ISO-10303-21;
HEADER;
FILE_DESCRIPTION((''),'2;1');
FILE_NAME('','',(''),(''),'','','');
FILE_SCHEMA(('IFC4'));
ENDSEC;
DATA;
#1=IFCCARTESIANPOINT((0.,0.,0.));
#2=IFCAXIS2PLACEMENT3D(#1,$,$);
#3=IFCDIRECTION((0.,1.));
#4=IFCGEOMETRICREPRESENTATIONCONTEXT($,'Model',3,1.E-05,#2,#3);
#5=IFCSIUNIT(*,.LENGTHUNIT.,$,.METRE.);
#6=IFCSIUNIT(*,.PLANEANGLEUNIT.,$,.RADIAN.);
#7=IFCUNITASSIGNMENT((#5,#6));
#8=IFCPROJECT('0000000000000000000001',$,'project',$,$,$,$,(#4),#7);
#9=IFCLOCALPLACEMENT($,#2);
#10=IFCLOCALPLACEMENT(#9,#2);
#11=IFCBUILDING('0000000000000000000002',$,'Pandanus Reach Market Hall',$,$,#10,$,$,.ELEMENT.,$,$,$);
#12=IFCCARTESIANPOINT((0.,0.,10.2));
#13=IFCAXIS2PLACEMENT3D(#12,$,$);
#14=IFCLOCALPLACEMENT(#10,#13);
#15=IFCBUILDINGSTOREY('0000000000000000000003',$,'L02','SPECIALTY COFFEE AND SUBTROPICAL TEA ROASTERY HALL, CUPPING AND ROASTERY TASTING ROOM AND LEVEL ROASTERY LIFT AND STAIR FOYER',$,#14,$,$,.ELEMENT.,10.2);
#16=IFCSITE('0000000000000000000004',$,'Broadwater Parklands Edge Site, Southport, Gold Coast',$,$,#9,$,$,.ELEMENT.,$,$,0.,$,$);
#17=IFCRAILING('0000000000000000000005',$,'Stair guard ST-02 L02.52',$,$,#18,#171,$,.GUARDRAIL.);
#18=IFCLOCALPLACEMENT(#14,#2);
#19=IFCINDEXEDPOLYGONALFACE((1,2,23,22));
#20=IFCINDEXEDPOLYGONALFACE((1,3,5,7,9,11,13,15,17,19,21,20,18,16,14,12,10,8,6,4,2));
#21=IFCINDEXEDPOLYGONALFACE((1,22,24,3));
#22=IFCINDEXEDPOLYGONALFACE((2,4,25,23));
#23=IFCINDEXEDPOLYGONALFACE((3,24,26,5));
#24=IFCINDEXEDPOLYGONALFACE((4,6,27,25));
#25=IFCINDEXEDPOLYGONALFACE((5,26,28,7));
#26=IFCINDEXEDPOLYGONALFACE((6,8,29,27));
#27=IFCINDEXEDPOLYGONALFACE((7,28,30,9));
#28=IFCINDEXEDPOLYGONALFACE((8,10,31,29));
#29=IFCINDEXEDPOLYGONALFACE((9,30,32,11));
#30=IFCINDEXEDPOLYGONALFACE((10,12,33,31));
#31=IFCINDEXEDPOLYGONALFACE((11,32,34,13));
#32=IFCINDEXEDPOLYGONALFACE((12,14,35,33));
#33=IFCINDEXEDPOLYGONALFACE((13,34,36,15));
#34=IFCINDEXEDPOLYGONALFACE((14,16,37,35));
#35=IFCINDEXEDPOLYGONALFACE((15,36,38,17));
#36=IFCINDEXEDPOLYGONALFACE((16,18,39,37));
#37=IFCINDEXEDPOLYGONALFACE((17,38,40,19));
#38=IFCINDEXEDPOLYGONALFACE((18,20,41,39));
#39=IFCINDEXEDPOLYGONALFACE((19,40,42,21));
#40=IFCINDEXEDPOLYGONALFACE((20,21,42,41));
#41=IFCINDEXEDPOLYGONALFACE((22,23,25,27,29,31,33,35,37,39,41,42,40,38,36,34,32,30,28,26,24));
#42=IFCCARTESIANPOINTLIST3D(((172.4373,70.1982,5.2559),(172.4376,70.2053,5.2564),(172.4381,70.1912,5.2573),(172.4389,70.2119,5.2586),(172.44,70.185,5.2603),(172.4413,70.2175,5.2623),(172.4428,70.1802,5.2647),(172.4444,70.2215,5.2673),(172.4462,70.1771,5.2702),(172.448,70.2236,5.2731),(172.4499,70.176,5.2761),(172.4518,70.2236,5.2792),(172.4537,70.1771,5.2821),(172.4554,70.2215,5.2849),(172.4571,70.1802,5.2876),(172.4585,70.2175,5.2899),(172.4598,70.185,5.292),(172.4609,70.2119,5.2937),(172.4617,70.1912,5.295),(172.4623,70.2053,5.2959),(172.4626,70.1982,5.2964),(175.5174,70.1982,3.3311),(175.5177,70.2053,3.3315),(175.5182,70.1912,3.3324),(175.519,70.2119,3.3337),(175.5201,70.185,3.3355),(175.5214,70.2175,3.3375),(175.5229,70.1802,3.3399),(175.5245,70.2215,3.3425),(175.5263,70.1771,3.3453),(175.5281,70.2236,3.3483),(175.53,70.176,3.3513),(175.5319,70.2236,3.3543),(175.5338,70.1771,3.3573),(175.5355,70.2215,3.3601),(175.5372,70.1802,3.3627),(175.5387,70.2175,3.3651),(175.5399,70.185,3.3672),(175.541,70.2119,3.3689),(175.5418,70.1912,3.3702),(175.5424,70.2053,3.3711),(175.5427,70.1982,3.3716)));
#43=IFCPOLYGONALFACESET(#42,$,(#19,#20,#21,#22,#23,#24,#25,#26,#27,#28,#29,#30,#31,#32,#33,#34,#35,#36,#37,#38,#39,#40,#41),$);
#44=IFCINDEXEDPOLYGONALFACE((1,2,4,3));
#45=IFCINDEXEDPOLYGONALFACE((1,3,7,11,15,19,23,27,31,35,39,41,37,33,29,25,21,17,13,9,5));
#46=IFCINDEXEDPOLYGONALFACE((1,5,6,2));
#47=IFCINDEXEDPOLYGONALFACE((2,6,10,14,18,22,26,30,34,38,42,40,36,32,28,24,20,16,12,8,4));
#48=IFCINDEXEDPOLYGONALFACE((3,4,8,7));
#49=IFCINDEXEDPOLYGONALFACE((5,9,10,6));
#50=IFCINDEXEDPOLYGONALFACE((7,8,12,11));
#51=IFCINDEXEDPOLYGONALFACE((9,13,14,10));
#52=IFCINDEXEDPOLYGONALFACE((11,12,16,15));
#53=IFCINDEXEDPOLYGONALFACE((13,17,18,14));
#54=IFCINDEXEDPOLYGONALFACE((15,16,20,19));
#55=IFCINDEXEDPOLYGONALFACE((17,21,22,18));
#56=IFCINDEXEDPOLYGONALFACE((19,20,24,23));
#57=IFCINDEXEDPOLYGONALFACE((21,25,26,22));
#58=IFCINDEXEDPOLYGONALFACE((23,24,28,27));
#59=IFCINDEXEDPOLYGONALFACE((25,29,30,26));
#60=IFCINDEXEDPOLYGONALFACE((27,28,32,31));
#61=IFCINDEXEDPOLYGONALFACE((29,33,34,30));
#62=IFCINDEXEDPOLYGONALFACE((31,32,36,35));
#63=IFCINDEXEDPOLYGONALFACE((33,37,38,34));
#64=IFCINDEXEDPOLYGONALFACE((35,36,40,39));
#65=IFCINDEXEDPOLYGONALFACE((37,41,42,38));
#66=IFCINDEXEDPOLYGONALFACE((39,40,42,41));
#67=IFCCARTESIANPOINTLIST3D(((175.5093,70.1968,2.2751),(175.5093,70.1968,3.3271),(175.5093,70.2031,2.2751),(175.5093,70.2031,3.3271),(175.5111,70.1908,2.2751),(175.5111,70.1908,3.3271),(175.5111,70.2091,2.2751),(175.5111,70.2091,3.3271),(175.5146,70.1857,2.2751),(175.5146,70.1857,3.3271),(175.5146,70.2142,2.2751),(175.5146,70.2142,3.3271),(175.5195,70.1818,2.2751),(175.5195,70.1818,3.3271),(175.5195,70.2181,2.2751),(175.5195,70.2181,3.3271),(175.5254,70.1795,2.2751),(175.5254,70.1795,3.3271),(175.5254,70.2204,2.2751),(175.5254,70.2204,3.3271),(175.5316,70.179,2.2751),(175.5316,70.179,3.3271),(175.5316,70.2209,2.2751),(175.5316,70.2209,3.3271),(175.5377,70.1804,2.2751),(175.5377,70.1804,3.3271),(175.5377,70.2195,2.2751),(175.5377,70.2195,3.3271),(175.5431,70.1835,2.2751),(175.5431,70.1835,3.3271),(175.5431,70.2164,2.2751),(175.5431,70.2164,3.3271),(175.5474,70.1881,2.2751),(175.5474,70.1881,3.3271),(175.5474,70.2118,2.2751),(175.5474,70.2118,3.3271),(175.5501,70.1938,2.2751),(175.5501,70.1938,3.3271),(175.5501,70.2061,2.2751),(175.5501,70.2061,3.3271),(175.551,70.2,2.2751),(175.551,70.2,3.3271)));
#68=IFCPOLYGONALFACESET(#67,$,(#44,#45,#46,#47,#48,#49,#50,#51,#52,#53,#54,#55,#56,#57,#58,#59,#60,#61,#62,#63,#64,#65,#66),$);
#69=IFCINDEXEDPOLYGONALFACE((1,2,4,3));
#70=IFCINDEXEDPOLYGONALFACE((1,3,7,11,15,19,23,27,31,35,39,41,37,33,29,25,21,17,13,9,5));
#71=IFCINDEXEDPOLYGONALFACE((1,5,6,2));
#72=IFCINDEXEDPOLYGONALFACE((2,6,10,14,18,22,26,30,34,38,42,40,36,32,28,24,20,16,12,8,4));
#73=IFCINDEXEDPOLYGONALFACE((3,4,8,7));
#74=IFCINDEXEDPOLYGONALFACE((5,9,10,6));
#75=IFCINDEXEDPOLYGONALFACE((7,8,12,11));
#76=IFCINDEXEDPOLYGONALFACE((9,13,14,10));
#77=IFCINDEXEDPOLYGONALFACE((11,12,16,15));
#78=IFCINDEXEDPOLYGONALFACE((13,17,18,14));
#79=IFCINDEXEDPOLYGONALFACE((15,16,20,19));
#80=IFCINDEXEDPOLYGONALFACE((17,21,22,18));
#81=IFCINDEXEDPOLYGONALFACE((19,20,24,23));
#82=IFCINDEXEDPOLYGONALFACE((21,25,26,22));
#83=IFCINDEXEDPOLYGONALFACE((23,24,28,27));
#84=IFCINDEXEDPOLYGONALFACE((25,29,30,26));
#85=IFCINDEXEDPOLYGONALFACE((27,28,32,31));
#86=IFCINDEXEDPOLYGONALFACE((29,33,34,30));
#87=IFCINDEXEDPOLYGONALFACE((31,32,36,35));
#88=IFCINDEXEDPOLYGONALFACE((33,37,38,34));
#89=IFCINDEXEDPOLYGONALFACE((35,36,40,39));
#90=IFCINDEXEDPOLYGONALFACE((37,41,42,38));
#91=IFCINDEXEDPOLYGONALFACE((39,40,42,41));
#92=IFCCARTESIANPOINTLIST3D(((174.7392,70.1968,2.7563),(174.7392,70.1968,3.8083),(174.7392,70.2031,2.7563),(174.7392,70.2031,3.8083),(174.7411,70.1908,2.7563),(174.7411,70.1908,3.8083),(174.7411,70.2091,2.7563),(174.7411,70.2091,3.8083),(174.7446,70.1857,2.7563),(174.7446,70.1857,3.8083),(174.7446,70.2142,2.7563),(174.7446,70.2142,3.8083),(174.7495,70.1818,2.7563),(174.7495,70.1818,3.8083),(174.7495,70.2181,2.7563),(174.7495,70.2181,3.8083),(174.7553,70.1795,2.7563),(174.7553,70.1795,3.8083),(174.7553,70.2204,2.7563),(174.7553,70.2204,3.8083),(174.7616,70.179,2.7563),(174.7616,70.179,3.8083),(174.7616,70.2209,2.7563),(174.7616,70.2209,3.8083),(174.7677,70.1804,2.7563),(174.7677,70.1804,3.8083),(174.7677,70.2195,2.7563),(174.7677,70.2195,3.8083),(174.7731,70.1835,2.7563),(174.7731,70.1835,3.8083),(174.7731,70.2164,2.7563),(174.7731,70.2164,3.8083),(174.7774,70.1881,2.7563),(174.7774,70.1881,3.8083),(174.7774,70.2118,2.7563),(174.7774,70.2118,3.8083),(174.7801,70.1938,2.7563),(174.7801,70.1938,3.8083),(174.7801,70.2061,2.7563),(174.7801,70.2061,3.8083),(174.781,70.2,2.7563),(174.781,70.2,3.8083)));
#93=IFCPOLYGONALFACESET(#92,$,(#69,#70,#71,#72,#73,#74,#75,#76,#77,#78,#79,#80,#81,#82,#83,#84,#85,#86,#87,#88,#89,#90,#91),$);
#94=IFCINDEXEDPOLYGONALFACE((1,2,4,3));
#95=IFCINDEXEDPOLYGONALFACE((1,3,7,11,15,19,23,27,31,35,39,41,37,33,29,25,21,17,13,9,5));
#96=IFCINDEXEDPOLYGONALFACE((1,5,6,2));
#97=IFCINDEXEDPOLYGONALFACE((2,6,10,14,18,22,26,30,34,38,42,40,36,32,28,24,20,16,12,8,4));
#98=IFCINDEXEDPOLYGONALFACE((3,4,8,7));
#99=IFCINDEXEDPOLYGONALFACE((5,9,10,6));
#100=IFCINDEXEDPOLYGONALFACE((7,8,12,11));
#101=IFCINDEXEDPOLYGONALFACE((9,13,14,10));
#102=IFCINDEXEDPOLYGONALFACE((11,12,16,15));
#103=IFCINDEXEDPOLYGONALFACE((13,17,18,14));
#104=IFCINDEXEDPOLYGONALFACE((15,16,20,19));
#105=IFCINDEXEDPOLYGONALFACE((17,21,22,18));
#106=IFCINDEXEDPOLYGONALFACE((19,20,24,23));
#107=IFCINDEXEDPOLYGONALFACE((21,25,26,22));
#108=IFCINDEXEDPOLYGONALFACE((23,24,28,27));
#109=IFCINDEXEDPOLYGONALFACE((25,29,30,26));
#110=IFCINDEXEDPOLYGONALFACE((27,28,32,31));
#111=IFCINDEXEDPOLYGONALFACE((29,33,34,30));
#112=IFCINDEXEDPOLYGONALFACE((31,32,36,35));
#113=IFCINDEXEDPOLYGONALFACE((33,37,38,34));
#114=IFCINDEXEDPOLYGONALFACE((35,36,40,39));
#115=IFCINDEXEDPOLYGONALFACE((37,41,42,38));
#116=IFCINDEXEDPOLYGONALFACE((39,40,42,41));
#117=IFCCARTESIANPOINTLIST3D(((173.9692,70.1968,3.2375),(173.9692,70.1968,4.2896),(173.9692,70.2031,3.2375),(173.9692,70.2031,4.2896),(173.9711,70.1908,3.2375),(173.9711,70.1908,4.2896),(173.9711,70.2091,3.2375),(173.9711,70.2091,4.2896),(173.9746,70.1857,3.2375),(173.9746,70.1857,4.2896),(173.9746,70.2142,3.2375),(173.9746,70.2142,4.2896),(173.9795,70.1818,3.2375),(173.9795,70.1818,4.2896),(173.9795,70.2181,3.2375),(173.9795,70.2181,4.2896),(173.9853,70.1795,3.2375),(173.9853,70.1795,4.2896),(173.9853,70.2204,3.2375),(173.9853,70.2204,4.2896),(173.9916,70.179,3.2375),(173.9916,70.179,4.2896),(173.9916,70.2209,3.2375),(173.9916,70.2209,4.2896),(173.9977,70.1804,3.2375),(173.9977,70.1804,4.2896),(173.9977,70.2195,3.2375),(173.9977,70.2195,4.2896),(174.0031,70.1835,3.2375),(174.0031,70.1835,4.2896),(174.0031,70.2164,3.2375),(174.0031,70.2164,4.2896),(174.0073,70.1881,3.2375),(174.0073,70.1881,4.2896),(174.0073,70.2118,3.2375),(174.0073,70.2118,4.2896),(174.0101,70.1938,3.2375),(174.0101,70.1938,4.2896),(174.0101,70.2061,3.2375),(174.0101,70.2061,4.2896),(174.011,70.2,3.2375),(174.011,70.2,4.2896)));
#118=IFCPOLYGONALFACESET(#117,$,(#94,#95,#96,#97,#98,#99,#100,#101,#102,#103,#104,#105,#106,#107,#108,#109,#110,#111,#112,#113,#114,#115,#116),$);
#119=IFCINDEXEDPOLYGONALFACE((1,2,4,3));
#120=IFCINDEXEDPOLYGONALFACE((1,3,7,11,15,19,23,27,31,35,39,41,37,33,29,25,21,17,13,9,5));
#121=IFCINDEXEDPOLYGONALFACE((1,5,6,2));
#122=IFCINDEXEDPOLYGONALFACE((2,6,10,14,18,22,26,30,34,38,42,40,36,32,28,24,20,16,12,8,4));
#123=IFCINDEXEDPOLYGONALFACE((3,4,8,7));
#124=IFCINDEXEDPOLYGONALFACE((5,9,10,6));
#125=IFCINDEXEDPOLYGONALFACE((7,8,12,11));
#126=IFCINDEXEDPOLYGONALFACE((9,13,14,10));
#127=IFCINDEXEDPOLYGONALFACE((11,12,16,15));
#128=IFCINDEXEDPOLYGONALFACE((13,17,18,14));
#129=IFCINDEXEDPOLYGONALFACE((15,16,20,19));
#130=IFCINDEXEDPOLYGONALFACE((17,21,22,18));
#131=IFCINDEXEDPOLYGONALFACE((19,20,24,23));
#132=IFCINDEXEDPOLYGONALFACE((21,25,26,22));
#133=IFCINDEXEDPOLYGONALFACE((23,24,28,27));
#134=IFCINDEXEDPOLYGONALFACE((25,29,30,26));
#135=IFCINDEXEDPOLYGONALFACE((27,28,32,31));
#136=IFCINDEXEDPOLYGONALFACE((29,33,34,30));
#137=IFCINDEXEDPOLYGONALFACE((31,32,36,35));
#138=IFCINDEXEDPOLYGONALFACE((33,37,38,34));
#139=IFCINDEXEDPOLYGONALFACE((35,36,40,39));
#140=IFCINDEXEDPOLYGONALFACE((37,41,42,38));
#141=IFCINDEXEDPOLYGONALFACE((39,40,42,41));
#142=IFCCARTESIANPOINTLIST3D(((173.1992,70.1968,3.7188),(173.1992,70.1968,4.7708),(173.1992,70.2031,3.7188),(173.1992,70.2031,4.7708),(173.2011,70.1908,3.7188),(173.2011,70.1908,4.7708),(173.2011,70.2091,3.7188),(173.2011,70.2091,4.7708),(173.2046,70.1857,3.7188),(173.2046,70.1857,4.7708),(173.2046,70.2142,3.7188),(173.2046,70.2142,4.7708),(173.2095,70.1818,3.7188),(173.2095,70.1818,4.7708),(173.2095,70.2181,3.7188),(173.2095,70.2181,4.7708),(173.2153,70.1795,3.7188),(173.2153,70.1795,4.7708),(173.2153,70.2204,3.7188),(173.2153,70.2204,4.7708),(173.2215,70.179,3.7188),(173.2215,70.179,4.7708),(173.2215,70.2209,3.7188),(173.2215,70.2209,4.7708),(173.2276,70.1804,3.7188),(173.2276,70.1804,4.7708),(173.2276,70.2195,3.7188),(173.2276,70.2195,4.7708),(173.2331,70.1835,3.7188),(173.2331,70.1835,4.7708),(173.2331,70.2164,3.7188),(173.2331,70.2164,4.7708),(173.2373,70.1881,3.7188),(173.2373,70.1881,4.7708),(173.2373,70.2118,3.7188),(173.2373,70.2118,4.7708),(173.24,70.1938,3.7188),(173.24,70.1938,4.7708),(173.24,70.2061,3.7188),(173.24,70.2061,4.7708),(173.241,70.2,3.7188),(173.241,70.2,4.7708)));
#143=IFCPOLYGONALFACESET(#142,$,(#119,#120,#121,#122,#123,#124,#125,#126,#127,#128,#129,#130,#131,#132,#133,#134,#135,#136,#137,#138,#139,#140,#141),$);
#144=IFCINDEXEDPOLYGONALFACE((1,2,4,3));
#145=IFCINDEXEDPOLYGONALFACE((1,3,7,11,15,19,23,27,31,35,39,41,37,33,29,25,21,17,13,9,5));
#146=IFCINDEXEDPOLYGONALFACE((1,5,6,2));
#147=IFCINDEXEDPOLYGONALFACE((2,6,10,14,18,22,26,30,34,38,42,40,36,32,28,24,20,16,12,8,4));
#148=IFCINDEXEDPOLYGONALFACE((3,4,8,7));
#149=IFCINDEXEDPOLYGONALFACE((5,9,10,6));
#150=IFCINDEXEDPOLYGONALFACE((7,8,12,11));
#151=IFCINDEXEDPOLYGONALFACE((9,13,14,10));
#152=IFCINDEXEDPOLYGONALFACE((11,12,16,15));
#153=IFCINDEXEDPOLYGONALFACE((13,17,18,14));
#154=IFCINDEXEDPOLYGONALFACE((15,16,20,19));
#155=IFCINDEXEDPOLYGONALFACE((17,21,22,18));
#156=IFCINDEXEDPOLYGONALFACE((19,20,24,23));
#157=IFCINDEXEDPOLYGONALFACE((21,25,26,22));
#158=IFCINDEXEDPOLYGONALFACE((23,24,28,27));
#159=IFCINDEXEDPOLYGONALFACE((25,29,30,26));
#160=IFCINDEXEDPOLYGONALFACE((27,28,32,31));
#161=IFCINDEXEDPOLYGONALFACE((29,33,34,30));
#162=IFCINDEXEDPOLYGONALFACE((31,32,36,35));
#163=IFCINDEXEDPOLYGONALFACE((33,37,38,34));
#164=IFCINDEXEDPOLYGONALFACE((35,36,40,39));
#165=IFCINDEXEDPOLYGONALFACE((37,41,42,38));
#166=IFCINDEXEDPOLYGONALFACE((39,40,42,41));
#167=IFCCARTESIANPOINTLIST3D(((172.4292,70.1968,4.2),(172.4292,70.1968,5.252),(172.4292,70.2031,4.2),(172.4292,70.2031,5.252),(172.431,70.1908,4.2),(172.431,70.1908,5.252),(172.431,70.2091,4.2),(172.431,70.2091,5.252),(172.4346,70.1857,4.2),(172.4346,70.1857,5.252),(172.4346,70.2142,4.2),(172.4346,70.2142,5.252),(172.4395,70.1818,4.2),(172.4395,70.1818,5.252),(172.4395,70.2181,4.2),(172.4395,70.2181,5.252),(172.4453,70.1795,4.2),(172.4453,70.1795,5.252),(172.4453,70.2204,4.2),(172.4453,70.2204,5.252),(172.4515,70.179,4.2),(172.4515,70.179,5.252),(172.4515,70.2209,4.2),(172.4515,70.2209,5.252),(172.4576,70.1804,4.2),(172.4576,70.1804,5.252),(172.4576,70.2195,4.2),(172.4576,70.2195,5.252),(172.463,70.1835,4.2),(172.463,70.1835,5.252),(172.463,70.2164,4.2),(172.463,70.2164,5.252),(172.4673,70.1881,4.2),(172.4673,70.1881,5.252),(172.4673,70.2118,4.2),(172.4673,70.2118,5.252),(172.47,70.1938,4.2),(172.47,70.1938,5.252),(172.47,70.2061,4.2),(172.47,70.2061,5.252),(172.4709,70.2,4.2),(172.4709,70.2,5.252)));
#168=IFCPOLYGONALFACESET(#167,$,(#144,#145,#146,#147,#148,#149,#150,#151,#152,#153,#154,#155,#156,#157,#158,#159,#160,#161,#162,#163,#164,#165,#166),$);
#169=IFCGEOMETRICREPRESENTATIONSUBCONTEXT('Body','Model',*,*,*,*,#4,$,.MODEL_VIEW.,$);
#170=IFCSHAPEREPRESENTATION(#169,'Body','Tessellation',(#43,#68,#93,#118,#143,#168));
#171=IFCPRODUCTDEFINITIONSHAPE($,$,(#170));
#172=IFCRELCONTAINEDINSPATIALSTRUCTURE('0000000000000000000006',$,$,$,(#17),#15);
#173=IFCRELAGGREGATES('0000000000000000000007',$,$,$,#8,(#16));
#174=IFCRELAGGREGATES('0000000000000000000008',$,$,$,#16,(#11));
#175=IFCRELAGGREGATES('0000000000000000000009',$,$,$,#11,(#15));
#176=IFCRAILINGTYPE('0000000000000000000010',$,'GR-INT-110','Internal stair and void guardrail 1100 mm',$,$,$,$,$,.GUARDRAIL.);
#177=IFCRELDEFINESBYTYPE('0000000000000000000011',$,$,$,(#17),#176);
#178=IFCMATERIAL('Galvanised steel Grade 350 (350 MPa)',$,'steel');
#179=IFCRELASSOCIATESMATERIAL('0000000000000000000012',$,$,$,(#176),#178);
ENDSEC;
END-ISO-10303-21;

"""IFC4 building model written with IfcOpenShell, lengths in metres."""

from ifc_helpers import new_model, si_unit, direction, frame, origin, origin_2d, place, context, subcontext, project, spatial, circle, extrude, material, type_object, element, save


model = new_model("IFC4")

# Units and contexts
model_context = context("Model", 3, precision=1e-05, world=origin(), true_north=direction((0.0, 1.0)))
body_context = subcontext(model_context, "Body", "Model", "MODEL_VIEW")
ifc_project = project(units=[si_unit("LENGTHUNIT", "METRE"), si_unit("PLANEANGLEUNIT", "RADIAN")], contexts=[model_context])

# Site, building, storey
site_placement = place(None, origin())
site = spatial("IfcSite", under=ifc_project, at=site_placement, Name="Broadwater Parklands Edge Site, Southport, Gold Coast", CompositionType="ELEMENT", RefElevation=0.0)
building_placement = place(site_placement, origin())
building = spatial("IfcBuilding", under=site, at=building_placement, Name="Pandanus Reach Market Hall", CompositionType="ELEMENT")
storey_placement = place(building_placement, frame((0.0, 0.0, 10.2)))
storey = spatial("IfcBuildingStorey", under=building, at=storey_placement, Name="L02", Description="SPECIALTY COFFEE AND SUBTROPICAL TEA ROASTERY HALL, CUPPING AND ROASTERY TASTING ROOM AND LEVEL ROASTERY LIFT AND STAIR FOYER", CompositionType="ELEMENT", Elevation=10.2)

# Railing
ifc_material_1 = material(Name="Galvanised steel Grade 350 (350 MPa)", Category="steel")
railing_type_1 = type_object("IfcRailingType", Name="GR-INT-110", Description="Internal stair and void guardrail 1100 mm", PredefinedType="GUARDRAIL", material=ifc_material_1)
railing_1_placement = place(storey_placement, frame((175.53, 70.2, 2.2751)))
element("IfcRailing", 1, at=railing_1_placement, inside=storey, type_object=railing_type_1, Name="Stair guard ST-02 L02.52", PredefinedType="GUARDRAIL", context=body_context, shape_type="SweptSolid", body=[
    extrude(circle(Radius=0.0239, at=origin_2d()), frame((0.0, 0.0, 1.0762), z_axis=(-0.848029, 0.0, 0.529951), x_axis=(0.0, -1.0, 0.0)), (0.0, 0.0, 1.0), 3.6321),
    extrude(circle(Radius=0.021, at=origin_2d()), origin(), (0.0, 0.0, 1.0), 1.052),
    extrude(circle(Radius=0.021, at=origin_2d()), frame((-0.77, 0.0, 0.4812)), (0.0, 0.0, 1.0), 1.052),
    extrude(circle(Radius=0.021, at=origin_2d()), frame((-1.54, 0.0, 0.9624)), (0.0, 0.0, 1.0), 1.052),
    extrude(circle(Radius=0.021, at=origin_2d()), frame((-2.3101, 0.0, 1.4436)), (0.0, 0.0, 1.0), 1.052),
    extrude(circle(Radius=0.021, at=origin_2d()), frame((-3.0801, 0.0, 1.9248)), (0.0, 0.0, 1.0), 1.052),
])

save(model, "model.ifc")
